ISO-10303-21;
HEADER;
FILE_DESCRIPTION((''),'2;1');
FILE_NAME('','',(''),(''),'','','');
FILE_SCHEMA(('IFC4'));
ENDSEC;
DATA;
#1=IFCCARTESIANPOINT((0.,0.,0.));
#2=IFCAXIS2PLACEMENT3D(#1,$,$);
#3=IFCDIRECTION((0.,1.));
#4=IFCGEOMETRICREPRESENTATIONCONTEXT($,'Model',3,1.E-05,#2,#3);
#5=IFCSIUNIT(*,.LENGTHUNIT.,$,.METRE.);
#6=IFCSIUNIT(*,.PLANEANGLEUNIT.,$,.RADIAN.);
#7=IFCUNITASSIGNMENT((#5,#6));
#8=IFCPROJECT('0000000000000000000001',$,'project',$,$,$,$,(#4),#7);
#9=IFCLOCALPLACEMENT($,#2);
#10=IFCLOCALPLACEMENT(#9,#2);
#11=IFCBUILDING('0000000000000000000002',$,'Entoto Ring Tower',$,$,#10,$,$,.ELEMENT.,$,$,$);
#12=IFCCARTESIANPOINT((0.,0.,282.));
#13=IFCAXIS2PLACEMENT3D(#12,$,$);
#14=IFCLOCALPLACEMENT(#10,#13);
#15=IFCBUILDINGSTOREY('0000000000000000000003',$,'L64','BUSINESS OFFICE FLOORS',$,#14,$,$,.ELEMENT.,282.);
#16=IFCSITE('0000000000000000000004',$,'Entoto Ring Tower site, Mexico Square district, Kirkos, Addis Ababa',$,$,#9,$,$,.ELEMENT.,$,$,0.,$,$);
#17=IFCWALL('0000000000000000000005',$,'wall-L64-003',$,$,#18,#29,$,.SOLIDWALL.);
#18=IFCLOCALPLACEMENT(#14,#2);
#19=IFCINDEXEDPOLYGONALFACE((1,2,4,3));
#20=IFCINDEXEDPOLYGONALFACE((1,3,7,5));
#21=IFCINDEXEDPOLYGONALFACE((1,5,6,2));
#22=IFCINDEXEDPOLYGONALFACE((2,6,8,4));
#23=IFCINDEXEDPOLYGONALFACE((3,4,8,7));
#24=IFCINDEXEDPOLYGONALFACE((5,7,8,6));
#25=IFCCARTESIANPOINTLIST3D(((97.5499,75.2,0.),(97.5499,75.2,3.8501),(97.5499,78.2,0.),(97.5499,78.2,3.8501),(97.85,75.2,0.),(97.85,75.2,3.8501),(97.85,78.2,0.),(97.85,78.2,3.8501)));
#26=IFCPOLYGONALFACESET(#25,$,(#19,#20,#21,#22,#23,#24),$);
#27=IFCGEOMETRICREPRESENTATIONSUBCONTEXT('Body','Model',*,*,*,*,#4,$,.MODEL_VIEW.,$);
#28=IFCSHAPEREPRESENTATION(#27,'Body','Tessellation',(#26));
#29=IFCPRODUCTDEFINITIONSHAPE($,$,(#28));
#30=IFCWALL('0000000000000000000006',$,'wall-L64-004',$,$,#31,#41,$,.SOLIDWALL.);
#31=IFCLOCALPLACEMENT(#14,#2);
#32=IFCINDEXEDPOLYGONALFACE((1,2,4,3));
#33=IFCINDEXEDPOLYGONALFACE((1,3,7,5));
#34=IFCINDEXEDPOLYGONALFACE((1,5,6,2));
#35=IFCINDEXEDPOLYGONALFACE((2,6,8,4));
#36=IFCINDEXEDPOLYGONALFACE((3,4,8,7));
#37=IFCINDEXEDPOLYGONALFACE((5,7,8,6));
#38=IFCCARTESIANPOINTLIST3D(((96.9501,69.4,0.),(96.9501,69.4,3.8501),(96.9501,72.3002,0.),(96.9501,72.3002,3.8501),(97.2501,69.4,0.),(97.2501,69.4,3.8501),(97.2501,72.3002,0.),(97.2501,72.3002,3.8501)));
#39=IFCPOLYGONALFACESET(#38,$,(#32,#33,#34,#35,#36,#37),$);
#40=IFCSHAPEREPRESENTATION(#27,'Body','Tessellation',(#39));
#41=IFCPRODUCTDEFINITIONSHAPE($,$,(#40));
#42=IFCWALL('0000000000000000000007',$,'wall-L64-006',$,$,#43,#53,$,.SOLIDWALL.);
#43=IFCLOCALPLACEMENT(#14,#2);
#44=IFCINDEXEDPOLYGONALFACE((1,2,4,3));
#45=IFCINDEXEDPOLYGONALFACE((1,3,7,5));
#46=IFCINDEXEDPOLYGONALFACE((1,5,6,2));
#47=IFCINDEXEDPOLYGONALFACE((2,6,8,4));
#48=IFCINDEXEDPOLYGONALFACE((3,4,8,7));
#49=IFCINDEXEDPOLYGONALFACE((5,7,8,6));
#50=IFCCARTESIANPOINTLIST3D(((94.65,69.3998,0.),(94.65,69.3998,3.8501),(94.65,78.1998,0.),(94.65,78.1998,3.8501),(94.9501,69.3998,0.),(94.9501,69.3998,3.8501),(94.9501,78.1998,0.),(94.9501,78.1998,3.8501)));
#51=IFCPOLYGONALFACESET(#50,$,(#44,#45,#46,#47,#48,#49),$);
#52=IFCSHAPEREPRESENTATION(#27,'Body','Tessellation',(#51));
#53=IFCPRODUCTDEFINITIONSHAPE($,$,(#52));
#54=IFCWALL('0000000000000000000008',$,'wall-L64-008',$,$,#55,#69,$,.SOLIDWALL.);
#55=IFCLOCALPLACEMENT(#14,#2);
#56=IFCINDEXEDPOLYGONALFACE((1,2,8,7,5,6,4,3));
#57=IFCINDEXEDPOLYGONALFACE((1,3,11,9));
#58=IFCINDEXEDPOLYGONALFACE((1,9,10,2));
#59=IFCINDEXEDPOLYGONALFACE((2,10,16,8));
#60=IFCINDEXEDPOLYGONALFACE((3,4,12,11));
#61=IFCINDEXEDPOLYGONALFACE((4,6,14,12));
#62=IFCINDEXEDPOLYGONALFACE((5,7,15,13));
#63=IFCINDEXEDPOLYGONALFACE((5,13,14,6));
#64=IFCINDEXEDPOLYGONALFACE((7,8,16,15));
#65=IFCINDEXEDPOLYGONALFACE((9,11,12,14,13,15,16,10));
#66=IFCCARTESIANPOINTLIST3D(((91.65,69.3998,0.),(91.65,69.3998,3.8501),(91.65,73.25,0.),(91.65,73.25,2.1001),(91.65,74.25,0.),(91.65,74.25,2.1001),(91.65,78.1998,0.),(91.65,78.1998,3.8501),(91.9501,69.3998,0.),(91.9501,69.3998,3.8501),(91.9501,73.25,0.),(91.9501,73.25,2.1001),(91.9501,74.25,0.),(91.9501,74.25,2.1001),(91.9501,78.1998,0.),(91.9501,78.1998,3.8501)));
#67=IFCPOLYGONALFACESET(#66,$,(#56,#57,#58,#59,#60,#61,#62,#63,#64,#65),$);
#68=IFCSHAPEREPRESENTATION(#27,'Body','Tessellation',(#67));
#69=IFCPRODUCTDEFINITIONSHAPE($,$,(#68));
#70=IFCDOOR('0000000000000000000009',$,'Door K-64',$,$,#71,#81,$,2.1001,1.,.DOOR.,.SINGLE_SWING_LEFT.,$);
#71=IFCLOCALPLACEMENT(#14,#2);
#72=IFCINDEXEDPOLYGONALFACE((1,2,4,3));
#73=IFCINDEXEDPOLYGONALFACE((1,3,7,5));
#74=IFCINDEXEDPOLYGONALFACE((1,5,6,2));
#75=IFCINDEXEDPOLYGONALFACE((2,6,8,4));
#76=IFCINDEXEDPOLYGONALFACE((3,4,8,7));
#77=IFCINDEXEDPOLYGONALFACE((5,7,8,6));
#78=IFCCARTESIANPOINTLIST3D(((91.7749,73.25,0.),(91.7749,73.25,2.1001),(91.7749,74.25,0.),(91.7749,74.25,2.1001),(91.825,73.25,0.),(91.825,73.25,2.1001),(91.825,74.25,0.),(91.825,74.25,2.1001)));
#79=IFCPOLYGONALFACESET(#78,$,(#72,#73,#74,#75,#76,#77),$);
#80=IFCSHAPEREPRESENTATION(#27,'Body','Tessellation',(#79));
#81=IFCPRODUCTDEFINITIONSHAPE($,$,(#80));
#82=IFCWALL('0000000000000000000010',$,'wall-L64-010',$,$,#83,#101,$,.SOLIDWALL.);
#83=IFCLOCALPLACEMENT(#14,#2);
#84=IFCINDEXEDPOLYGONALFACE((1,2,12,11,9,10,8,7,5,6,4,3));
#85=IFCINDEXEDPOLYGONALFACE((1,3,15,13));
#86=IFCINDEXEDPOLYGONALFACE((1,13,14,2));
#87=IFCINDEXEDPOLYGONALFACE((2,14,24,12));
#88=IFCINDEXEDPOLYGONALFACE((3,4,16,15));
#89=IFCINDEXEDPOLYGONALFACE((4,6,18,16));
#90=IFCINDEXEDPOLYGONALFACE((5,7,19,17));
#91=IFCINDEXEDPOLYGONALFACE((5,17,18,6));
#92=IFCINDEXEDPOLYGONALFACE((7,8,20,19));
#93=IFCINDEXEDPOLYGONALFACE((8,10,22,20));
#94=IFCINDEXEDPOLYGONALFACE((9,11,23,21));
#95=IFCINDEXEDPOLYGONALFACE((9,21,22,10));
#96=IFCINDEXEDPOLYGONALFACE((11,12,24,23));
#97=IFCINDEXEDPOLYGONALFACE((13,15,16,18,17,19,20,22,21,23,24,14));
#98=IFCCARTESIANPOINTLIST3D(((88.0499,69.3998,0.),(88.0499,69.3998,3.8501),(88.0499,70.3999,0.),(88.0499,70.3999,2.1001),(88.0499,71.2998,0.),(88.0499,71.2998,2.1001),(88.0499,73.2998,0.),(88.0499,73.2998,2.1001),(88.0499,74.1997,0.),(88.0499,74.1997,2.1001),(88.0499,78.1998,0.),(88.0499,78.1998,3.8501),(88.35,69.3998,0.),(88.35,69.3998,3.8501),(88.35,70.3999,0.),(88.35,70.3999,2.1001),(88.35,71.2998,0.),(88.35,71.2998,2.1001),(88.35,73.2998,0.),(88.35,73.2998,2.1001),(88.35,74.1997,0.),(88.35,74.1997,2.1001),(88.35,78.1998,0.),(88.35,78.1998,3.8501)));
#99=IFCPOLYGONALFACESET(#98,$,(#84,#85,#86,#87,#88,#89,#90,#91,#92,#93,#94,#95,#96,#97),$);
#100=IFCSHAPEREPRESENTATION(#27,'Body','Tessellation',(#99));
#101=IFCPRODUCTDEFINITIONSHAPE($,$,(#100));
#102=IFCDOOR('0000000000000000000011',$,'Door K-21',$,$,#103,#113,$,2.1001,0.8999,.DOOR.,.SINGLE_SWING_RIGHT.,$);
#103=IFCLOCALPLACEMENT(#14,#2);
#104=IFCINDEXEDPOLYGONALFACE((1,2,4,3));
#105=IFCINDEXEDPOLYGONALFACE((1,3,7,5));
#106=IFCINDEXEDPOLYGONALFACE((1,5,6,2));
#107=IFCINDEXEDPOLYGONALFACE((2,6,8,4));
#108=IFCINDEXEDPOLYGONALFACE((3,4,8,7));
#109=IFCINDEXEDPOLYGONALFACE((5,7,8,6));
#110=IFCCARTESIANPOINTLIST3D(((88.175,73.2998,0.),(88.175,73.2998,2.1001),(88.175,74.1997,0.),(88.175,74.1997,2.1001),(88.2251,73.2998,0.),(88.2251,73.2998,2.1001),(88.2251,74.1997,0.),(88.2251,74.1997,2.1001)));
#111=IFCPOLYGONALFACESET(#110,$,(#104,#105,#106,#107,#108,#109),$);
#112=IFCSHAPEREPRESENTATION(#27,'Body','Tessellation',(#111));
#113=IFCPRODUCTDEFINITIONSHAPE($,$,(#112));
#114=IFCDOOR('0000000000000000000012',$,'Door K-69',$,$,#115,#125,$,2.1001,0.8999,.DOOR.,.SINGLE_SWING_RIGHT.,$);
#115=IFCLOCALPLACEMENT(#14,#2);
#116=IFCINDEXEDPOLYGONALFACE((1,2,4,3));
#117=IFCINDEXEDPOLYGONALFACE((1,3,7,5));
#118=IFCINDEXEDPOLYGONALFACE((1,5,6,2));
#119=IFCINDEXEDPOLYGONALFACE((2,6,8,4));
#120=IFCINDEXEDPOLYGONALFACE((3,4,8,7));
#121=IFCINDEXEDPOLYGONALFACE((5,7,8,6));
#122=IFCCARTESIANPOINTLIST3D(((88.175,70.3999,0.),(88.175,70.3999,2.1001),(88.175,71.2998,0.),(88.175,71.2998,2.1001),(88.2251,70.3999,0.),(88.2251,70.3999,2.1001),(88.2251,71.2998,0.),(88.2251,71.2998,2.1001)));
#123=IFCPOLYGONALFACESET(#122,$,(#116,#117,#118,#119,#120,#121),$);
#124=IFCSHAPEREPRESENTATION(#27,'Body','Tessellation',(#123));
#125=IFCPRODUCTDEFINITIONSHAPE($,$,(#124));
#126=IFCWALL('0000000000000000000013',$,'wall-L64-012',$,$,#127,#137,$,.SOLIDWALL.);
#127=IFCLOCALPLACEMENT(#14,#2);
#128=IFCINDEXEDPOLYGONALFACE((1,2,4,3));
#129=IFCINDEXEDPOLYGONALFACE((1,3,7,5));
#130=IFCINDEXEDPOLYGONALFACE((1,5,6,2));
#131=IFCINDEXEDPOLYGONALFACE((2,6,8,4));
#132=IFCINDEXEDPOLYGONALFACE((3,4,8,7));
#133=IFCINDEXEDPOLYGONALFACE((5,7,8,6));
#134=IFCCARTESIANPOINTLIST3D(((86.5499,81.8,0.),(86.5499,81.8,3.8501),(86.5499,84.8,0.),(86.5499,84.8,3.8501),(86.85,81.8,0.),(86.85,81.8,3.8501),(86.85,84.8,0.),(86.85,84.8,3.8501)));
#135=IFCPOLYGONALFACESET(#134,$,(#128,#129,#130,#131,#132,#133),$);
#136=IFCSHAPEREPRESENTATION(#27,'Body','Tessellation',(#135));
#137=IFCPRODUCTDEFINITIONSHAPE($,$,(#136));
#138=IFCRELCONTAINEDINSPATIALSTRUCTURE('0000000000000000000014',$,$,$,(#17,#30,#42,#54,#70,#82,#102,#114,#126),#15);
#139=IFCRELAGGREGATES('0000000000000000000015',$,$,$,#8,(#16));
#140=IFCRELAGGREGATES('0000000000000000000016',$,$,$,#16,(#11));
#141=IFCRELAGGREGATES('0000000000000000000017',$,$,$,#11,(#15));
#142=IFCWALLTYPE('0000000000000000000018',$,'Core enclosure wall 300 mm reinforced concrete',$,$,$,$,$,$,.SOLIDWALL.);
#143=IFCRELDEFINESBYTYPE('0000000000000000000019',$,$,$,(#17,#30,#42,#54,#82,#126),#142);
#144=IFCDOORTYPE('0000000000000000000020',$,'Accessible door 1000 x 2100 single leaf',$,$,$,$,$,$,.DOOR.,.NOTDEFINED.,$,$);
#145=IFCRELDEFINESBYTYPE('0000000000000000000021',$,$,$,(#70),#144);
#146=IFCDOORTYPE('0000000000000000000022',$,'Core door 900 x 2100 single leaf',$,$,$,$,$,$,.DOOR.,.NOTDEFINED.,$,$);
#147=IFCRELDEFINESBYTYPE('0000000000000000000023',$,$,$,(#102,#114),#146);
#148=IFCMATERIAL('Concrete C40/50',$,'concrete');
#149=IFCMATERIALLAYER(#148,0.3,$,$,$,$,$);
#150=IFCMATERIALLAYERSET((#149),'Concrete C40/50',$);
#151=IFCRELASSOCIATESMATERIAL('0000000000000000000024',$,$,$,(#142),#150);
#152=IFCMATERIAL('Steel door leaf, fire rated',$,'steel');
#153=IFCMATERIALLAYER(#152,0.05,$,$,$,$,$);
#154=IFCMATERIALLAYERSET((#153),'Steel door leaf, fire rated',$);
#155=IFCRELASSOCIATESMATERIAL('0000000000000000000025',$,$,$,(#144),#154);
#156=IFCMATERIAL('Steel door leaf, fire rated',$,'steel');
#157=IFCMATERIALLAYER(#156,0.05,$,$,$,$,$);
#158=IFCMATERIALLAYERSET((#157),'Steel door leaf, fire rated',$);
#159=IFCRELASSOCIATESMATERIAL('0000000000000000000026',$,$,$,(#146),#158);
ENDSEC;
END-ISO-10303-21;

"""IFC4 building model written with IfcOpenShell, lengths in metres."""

from ifc_helpers import new_model, si_unit, direction, frame, frame_2d, origin, place, context, subcontext, project, spatial, rectangle, extrude, material, layer, layer_set, type_object, element, fill, save


model = new_model("IFC4")

# Units and contexts
model_context = context("Model", 3, precision=1e-05, world=origin(), true_north=direction((0.0, 1.0)))
body_context = subcontext(model_context, "Body", "Model", "MODEL_VIEW")
ifc_project = project(units=[si_unit("LENGTHUNIT", "METRE"), si_unit("PLANEANGLEUNIT", "RADIAN")], contexts=[model_context])

# Site, building, storey
site_placement = place(None, origin())
site = spatial("IfcSite", under=ifc_project, at=site_placement, Name="Entoto Ring Tower site, Mexico Square district, Kirkos, Addis Ababa", CompositionType="ELEMENT", RefElevation=0.0)
building_placement = place(site_placement, origin())
building = spatial("IfcBuilding", under=site, at=building_placement, Name="Entoto Ring Tower", CompositionType="ELEMENT")
storey_placement = place(building_placement, frame((0.0, 0.0, 282.0)))
storey = spatial("IfcBuildingStorey", under=building, at=storey_placement, Name="L64", Description="BUSINESS OFFICE FLOORS", CompositionType="ELEMENT", Elevation=282.0)

# Walls
ifc_material_1 = material(Name="Concrete C40/50", Category="concrete")
ifc_layer_1 = layer(ifc_material_1, 0.3)
ifc_layer_set_1 = layer_set([ifc_layer_1], Name="Concrete C40/50")
wall_type = type_object("IfcWallType", Name="Core enclosure wall 300 mm reinforced concrete", PredefinedType="SOLIDWALL", material=ifc_layer_set_1)
wall_1_placement = place(storey_placement, frame((97.7, 75.2, 0.0), z_axis=(0.0, 0.0, 1.0), x_axis=(0.0, 1.0, 0.0)))
element("IfcWall", 1, at=wall_1_placement, inside=storey, type_object=wall_type, Name="wall-L64-003", PredefinedType="SOLIDWALL", context=body_context, shape_type="SweptSolid", body=[
    extrude(rectangle(XDim=3.0, YDim=0.3, at=frame_2d((1.5, 0.0))), origin(), (0.0, 0.0, 1.0), 3.8501),
])
wall_2_placement = place(storey_placement, frame((97.1001, 69.3999, 0.0), z_axis=(0.0, 0.0, 1.0), x_axis=(0.0, 1.0, 0.0)))
element("IfcWall", 2, at=wall_2_placement, inside=storey, type_object=wall_type, Name="wall-L64-004", PredefinedType="SOLIDWALL", context=body_context, shape_type="SweptSolid", body=[
    extrude(rectangle(XDim=2.9001, YDim=0.3, at=frame_2d((1.4502, 0.0))), origin(), (0.0, 0.0, 1.0), 3.8501),
])
wall_3_placement = place(storey_placement, frame((94.8, 69.3999, 0.0), z_axis=(0.0, 0.0, 1.0), x_axis=(0.0, 1.0, 0.0)))
element("IfcWall", 3, at=wall_3_placement, inside=storey, type_object=wall_type, Name="wall-L64-006", PredefinedType="SOLIDWALL", context=body_context, shape_type="SweptSolid", body=[
    extrude(rectangle(XDim=8.8, YDim=0.3, at=frame_2d((4.3999, 0.0))), origin(), (0.0, 0.0, 1.0), 3.8501),
])

# Wall, opening, door
wall_4_placement = place(storey_placement, frame((91.8, 69.3999, 0.0), z_axis=(0.0, 0.0, 1.0), x_axis=(0.0, 1.0, 0.0)))
wall_4 = element("IfcWall", 4, at=wall_4_placement, inside=storey, type_object=wall_type, Name="wall-L64-008", PredefinedType="SOLIDWALL", context=body_context, shape_type="SweptSolid", body=[
    extrude(rectangle(XDim=8.8, YDim=0.3, at=frame_2d((4.3999, 0.0))), origin(), (0.0, 0.0, 1.0), 3.8501),
])
opening_1_placement = place(wall_4_placement, frame((3.8501, 0.0, 0.0)))
opening_1 = element("IfcOpeningElement", 5, at=opening_1_placement, cuts=wall_4, PredefinedType="OPENING", context=body_context, shape_type="SweptSolid", body=[
    extrude(rectangle(XDim=1.0, YDim=2.1001, at=frame_2d((0.5, 1.05))), frame((0.0, 0.1602, 0.0), z_axis=(0.0, -1.0, 0.0), x_axis=(1.0, 0.0, 0.0)), (0.0, 0.0, 1.0), 0.3201),
])
ifc_material_2 = material(Name="Steel door leaf, fire rated", Category="steel")
ifc_layer_2 = layer(ifc_material_2, 0.05)
ifc_layer_set_2 = layer_set([ifc_layer_2], Name="Steel door leaf, fire rated")
door_type_1 = type_object("IfcDoorType", Name="Accessible door 1000 x 2100 single leaf", OperationType="NOTDEFINED", PredefinedType="DOOR", material=ifc_layer_set_2)
door_1_placement = place(opening_1_placement, frame((1.0, 0.0, 0.0), z_axis=(0.0, 0.0, 1.0), x_axis=(-1.0, 0.0, 0.0)))
door_1 = element("IfcDoor", 6, at=door_1_placement, inside=storey, type_object=door_type_1, Name="Door K-64", OperationType="SINGLE_SWING_LEFT", OverallHeight=2.1001, OverallWidth=1.0, PredefinedType="DOOR", context=body_context, shape_type="SweptSolid", body=[
    extrude(rectangle(XDim=1.0, YDim=2.1001, at=frame_2d((0.5, 1.05))), frame((0.0, 0.0249, 0.0), z_axis=(0.0, -1.0, 0.0), x_axis=(1.0, 0.0, 0.0)), (0.0, 0.0, 1.0), 0.05),
])
fill(opening_1, door_1)

# Wall, openings, doors
wall_5_placement = place(storey_placement, frame((88.2, 69.3999, 0.0), z_axis=(0.0, 0.0, 1.0), x_axis=(0.0, 1.0, 0.0)))
wall_5 = element("IfcWall", 7, at=wall_5_placement, inside=storey, type_object=wall_type, Name="wall-L64-010", PredefinedType="SOLIDWALL", context=body_context, shape_type="SweptSolid", body=[
    extrude(rectangle(XDim=8.8, YDim=0.3, at=frame_2d((4.3999, 0.0))), origin(), (0.0, 0.0, 1.0), 3.8501),
])
opening_2_placement = place(wall_5_placement, frame((3.8999, 0.0, 0.0)))
opening_2 = element("IfcOpeningElement", 8, at=opening_2_placement, cuts=wall_5, PredefinedType="OPENING", context=body_context, shape_type="SweptSolid", body=[
    extrude(rectangle(XDim=0.8999, YDim=2.1001, at=frame_2d((0.45, 1.05))), frame((0.0, 0.1602, 0.0), z_axis=(0.0, -1.0, 0.0), x_axis=(1.0, 0.0, 0.0)), (0.0, 0.0, 1.0), 0.3201),
])
opening_3_placement = place(wall_5_placement, frame((1.0, 0.0, 0.0)))
opening_3 = element("IfcOpeningElement", 9, at=opening_3_placement, cuts=wall_5, PredefinedType="OPENING", context=body_context, shape_type="SweptSolid", body=[
    extrude(rectangle(XDim=0.8999, YDim=2.1001, at=frame_2d((0.45, 1.05))), frame((0.0, 0.1602, 0.0), z_axis=(0.0, -1.0, 0.0), x_axis=(1.0, 0.0, 0.0)), (0.0, 0.0, 1.0), 0.3201),
])
ifc_material_3 = material(Name="Steel door leaf, fire rated", Category="steel")
ifc_layer_3 = layer(ifc_material_3, 0.05)
ifc_layer_set_3 = layer_set([ifc_layer_3], Name="Steel door leaf, fire rated")
door_type_2 = type_object("IfcDoorType", Name="Core door 900 x 2100 single leaf", OperationType="NOTDEFINED", PredefinedType="DOOR", material=ifc_layer_set_3)
door_2_placement = place(opening_2_placement, origin())
door_2 = element("IfcDoor", 10, at=door_2_placement, inside=storey, type_object=door_type_2, Name="Door K-21", OperationType="SINGLE_SWING_RIGHT", OverallHeight=2.1001, OverallWidth=0.8999, PredefinedType="DOOR", context=body_context, shape_type="SweptSolid", body=[
    extrude(rectangle(XDim=0.8999, YDim=2.1001, at=frame_2d((0.45, 1.05))), frame((0.0, 0.0249, 0.0), z_axis=(0.0, -1.0, 0.0), x_axis=(1.0, 0.0, 0.0)), (0.0, 0.0, 1.0), 0.05),
])
fill(opening_2, door_2)
door_3_placement = place(opening_3_placement, origin())
door_3 = element("IfcDoor", 11, at=door_3_placement, inside=storey, type_object=door_type_2, Name="Door K-69", OperationType="SINGLE_SWING_RIGHT", OverallHeight=2.1001, OverallWidth=0.8999, PredefinedType="DOOR", context=body_context, shape_type="SweptSolid", body=[
    extrude(rectangle(XDim=0.8999, YDim=2.1001, at=frame_2d((0.45, 1.05))), frame((0.0, 0.0249, 0.0), z_axis=(0.0, -1.0, 0.0), x_axis=(1.0, 0.0, 0.0)), (0.0, 0.0, 1.0), 0.05),
])
fill(opening_3, door_3)

# Wall
wall_6_placement = place(storey_placement, frame((86.7, 81.8, 0.0), z_axis=(0.0, 0.0, 1.0), x_axis=(0.0, 1.0, 0.0)))
element("IfcWall", 12, at=wall_6_placement, inside=storey, type_object=wall_type, Name="wall-L64-012", PredefinedType="SOLIDWALL", context=body_context, shape_type="SweptSolid", body=[
    extrude(rectangle(XDim=3.0, YDim=0.3, at=frame_2d((1.5, 0.0))), origin(), (0.0, 0.0, 1.0), 3.8501),
])

save(model, "model.ifc")
